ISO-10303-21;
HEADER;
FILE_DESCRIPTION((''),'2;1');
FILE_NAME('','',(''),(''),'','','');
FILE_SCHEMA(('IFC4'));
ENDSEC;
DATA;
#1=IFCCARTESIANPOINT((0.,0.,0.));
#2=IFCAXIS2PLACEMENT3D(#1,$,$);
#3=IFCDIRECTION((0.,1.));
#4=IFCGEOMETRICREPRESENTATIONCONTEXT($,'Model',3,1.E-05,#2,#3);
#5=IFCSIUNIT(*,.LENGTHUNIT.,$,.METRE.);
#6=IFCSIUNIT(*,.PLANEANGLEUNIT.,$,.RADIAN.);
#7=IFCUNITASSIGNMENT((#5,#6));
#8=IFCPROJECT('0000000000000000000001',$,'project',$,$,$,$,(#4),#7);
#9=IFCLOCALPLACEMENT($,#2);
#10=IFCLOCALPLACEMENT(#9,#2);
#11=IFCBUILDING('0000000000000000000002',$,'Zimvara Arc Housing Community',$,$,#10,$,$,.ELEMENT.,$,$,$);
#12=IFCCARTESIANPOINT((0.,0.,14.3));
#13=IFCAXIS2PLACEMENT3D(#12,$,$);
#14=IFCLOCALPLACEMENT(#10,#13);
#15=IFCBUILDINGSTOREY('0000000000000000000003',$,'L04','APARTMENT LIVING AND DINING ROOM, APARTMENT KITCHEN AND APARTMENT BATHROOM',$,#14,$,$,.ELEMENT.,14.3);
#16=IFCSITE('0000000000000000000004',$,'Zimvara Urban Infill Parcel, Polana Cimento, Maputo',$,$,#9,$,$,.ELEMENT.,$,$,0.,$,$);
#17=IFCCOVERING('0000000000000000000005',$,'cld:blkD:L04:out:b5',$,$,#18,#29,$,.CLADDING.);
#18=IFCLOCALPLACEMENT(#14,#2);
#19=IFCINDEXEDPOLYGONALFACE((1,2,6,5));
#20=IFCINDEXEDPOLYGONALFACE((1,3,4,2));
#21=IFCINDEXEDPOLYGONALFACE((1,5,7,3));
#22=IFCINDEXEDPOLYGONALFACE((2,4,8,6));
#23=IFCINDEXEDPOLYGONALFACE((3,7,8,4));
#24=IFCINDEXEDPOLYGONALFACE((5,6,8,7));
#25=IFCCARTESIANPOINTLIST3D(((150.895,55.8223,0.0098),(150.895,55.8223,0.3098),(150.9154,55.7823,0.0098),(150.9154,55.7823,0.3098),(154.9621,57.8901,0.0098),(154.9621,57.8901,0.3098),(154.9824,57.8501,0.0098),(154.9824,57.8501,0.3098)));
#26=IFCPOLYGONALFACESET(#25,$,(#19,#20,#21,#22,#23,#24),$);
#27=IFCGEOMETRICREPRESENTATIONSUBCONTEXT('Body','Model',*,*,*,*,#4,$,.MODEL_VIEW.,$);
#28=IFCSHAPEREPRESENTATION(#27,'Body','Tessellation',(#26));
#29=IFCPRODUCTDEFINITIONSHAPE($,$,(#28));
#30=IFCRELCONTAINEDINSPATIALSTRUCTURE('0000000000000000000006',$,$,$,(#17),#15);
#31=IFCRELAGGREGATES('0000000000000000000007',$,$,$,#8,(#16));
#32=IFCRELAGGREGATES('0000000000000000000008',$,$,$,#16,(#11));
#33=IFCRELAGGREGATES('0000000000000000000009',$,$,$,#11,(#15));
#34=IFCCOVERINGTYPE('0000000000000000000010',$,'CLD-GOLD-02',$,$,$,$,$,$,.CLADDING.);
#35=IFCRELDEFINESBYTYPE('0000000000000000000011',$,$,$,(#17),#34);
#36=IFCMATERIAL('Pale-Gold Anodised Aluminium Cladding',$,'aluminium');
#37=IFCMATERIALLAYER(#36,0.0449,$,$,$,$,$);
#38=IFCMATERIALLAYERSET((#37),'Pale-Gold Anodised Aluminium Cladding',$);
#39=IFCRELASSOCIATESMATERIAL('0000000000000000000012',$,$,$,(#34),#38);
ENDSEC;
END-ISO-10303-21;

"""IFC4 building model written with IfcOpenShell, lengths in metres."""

from ifc_helpers import new_model, si_unit, direction, frame, origin, origin_2d, place, context, subcontext, project, spatial, rectangle, extrude, material, layer, layer_set, type_object, element, save


model = new_model("IFC4")

# Units and contexts
model_context = context("Model", 3, precision=1e-05, world=origin(), true_north=direction((0.0, 1.0)))
body_context = subcontext(model_context, "Body", "Model", "MODEL_VIEW")
ifc_project = project(units=[si_unit("LENGTHUNIT", "METRE"), si_unit("PLANEANGLEUNIT", "RADIAN")], contexts=[model_context])

# Site, building, storey
site_placement = place(None, origin())
site = spatial("IfcSite", under=ifc_project, at=site_placement, Name="Zimvara Urban Infill Parcel, Polana Cimento, Maputo", CompositionType="ELEMENT", RefElevation=0.0)
building_placement = place(site_placement, origin())
building = spatial("IfcBuilding", under=site, at=building_placement, Name="Zimvara Arc Housing Community", CompositionType="ELEMENT")
storey_placement = place(building_placement, frame((0.0, 0.0, 14.3)))
storey = spatial("IfcBuildingStorey", under=building, at=storey_placement, Name="L04", Description="APARTMENT LIVING AND DINING ROOM, APARTMENT KITCHEN AND APARTMENT BATHROOM", CompositionType="ELEMENT", Elevation=14.3)

# Covering
ifc_material_1 = material(Name="Pale-Gold Anodised Aluminium Cladding", Category="aluminium")
ifc_layer_1 = layer(ifc_material_1, 0.0449)
ifc_layer_set_1 = layer_set([ifc_layer_1], Name="Pale-Gold Anodised Aluminium Cladding")
covering_type = type_object("IfcCoveringType", Name="CLD-GOLD-02", PredefinedType="CLADDING", material=ifc_layer_set_1)
covering_placement = place(storey_placement, frame((152.9387, 56.8362, 0.0098), z_axis=(0.0, 0.0, 1.0), x_axis=(0.891402, 0.453213, 0.0)))
element("IfcCovering", 1, at=covering_placement, inside=storey, type_object=covering_type, Name="cld:blkD:L04:out:b5", PredefinedType="CLADDING", context=body_context, shape_type="SweptSolid", body=[
    extrude(rectangle(XDim=4.5625, YDim=0.0449, at=origin_2d()), origin(), (0.0, 0.0, 1.0), 0.3),
])

save(model, "model.ifc")
